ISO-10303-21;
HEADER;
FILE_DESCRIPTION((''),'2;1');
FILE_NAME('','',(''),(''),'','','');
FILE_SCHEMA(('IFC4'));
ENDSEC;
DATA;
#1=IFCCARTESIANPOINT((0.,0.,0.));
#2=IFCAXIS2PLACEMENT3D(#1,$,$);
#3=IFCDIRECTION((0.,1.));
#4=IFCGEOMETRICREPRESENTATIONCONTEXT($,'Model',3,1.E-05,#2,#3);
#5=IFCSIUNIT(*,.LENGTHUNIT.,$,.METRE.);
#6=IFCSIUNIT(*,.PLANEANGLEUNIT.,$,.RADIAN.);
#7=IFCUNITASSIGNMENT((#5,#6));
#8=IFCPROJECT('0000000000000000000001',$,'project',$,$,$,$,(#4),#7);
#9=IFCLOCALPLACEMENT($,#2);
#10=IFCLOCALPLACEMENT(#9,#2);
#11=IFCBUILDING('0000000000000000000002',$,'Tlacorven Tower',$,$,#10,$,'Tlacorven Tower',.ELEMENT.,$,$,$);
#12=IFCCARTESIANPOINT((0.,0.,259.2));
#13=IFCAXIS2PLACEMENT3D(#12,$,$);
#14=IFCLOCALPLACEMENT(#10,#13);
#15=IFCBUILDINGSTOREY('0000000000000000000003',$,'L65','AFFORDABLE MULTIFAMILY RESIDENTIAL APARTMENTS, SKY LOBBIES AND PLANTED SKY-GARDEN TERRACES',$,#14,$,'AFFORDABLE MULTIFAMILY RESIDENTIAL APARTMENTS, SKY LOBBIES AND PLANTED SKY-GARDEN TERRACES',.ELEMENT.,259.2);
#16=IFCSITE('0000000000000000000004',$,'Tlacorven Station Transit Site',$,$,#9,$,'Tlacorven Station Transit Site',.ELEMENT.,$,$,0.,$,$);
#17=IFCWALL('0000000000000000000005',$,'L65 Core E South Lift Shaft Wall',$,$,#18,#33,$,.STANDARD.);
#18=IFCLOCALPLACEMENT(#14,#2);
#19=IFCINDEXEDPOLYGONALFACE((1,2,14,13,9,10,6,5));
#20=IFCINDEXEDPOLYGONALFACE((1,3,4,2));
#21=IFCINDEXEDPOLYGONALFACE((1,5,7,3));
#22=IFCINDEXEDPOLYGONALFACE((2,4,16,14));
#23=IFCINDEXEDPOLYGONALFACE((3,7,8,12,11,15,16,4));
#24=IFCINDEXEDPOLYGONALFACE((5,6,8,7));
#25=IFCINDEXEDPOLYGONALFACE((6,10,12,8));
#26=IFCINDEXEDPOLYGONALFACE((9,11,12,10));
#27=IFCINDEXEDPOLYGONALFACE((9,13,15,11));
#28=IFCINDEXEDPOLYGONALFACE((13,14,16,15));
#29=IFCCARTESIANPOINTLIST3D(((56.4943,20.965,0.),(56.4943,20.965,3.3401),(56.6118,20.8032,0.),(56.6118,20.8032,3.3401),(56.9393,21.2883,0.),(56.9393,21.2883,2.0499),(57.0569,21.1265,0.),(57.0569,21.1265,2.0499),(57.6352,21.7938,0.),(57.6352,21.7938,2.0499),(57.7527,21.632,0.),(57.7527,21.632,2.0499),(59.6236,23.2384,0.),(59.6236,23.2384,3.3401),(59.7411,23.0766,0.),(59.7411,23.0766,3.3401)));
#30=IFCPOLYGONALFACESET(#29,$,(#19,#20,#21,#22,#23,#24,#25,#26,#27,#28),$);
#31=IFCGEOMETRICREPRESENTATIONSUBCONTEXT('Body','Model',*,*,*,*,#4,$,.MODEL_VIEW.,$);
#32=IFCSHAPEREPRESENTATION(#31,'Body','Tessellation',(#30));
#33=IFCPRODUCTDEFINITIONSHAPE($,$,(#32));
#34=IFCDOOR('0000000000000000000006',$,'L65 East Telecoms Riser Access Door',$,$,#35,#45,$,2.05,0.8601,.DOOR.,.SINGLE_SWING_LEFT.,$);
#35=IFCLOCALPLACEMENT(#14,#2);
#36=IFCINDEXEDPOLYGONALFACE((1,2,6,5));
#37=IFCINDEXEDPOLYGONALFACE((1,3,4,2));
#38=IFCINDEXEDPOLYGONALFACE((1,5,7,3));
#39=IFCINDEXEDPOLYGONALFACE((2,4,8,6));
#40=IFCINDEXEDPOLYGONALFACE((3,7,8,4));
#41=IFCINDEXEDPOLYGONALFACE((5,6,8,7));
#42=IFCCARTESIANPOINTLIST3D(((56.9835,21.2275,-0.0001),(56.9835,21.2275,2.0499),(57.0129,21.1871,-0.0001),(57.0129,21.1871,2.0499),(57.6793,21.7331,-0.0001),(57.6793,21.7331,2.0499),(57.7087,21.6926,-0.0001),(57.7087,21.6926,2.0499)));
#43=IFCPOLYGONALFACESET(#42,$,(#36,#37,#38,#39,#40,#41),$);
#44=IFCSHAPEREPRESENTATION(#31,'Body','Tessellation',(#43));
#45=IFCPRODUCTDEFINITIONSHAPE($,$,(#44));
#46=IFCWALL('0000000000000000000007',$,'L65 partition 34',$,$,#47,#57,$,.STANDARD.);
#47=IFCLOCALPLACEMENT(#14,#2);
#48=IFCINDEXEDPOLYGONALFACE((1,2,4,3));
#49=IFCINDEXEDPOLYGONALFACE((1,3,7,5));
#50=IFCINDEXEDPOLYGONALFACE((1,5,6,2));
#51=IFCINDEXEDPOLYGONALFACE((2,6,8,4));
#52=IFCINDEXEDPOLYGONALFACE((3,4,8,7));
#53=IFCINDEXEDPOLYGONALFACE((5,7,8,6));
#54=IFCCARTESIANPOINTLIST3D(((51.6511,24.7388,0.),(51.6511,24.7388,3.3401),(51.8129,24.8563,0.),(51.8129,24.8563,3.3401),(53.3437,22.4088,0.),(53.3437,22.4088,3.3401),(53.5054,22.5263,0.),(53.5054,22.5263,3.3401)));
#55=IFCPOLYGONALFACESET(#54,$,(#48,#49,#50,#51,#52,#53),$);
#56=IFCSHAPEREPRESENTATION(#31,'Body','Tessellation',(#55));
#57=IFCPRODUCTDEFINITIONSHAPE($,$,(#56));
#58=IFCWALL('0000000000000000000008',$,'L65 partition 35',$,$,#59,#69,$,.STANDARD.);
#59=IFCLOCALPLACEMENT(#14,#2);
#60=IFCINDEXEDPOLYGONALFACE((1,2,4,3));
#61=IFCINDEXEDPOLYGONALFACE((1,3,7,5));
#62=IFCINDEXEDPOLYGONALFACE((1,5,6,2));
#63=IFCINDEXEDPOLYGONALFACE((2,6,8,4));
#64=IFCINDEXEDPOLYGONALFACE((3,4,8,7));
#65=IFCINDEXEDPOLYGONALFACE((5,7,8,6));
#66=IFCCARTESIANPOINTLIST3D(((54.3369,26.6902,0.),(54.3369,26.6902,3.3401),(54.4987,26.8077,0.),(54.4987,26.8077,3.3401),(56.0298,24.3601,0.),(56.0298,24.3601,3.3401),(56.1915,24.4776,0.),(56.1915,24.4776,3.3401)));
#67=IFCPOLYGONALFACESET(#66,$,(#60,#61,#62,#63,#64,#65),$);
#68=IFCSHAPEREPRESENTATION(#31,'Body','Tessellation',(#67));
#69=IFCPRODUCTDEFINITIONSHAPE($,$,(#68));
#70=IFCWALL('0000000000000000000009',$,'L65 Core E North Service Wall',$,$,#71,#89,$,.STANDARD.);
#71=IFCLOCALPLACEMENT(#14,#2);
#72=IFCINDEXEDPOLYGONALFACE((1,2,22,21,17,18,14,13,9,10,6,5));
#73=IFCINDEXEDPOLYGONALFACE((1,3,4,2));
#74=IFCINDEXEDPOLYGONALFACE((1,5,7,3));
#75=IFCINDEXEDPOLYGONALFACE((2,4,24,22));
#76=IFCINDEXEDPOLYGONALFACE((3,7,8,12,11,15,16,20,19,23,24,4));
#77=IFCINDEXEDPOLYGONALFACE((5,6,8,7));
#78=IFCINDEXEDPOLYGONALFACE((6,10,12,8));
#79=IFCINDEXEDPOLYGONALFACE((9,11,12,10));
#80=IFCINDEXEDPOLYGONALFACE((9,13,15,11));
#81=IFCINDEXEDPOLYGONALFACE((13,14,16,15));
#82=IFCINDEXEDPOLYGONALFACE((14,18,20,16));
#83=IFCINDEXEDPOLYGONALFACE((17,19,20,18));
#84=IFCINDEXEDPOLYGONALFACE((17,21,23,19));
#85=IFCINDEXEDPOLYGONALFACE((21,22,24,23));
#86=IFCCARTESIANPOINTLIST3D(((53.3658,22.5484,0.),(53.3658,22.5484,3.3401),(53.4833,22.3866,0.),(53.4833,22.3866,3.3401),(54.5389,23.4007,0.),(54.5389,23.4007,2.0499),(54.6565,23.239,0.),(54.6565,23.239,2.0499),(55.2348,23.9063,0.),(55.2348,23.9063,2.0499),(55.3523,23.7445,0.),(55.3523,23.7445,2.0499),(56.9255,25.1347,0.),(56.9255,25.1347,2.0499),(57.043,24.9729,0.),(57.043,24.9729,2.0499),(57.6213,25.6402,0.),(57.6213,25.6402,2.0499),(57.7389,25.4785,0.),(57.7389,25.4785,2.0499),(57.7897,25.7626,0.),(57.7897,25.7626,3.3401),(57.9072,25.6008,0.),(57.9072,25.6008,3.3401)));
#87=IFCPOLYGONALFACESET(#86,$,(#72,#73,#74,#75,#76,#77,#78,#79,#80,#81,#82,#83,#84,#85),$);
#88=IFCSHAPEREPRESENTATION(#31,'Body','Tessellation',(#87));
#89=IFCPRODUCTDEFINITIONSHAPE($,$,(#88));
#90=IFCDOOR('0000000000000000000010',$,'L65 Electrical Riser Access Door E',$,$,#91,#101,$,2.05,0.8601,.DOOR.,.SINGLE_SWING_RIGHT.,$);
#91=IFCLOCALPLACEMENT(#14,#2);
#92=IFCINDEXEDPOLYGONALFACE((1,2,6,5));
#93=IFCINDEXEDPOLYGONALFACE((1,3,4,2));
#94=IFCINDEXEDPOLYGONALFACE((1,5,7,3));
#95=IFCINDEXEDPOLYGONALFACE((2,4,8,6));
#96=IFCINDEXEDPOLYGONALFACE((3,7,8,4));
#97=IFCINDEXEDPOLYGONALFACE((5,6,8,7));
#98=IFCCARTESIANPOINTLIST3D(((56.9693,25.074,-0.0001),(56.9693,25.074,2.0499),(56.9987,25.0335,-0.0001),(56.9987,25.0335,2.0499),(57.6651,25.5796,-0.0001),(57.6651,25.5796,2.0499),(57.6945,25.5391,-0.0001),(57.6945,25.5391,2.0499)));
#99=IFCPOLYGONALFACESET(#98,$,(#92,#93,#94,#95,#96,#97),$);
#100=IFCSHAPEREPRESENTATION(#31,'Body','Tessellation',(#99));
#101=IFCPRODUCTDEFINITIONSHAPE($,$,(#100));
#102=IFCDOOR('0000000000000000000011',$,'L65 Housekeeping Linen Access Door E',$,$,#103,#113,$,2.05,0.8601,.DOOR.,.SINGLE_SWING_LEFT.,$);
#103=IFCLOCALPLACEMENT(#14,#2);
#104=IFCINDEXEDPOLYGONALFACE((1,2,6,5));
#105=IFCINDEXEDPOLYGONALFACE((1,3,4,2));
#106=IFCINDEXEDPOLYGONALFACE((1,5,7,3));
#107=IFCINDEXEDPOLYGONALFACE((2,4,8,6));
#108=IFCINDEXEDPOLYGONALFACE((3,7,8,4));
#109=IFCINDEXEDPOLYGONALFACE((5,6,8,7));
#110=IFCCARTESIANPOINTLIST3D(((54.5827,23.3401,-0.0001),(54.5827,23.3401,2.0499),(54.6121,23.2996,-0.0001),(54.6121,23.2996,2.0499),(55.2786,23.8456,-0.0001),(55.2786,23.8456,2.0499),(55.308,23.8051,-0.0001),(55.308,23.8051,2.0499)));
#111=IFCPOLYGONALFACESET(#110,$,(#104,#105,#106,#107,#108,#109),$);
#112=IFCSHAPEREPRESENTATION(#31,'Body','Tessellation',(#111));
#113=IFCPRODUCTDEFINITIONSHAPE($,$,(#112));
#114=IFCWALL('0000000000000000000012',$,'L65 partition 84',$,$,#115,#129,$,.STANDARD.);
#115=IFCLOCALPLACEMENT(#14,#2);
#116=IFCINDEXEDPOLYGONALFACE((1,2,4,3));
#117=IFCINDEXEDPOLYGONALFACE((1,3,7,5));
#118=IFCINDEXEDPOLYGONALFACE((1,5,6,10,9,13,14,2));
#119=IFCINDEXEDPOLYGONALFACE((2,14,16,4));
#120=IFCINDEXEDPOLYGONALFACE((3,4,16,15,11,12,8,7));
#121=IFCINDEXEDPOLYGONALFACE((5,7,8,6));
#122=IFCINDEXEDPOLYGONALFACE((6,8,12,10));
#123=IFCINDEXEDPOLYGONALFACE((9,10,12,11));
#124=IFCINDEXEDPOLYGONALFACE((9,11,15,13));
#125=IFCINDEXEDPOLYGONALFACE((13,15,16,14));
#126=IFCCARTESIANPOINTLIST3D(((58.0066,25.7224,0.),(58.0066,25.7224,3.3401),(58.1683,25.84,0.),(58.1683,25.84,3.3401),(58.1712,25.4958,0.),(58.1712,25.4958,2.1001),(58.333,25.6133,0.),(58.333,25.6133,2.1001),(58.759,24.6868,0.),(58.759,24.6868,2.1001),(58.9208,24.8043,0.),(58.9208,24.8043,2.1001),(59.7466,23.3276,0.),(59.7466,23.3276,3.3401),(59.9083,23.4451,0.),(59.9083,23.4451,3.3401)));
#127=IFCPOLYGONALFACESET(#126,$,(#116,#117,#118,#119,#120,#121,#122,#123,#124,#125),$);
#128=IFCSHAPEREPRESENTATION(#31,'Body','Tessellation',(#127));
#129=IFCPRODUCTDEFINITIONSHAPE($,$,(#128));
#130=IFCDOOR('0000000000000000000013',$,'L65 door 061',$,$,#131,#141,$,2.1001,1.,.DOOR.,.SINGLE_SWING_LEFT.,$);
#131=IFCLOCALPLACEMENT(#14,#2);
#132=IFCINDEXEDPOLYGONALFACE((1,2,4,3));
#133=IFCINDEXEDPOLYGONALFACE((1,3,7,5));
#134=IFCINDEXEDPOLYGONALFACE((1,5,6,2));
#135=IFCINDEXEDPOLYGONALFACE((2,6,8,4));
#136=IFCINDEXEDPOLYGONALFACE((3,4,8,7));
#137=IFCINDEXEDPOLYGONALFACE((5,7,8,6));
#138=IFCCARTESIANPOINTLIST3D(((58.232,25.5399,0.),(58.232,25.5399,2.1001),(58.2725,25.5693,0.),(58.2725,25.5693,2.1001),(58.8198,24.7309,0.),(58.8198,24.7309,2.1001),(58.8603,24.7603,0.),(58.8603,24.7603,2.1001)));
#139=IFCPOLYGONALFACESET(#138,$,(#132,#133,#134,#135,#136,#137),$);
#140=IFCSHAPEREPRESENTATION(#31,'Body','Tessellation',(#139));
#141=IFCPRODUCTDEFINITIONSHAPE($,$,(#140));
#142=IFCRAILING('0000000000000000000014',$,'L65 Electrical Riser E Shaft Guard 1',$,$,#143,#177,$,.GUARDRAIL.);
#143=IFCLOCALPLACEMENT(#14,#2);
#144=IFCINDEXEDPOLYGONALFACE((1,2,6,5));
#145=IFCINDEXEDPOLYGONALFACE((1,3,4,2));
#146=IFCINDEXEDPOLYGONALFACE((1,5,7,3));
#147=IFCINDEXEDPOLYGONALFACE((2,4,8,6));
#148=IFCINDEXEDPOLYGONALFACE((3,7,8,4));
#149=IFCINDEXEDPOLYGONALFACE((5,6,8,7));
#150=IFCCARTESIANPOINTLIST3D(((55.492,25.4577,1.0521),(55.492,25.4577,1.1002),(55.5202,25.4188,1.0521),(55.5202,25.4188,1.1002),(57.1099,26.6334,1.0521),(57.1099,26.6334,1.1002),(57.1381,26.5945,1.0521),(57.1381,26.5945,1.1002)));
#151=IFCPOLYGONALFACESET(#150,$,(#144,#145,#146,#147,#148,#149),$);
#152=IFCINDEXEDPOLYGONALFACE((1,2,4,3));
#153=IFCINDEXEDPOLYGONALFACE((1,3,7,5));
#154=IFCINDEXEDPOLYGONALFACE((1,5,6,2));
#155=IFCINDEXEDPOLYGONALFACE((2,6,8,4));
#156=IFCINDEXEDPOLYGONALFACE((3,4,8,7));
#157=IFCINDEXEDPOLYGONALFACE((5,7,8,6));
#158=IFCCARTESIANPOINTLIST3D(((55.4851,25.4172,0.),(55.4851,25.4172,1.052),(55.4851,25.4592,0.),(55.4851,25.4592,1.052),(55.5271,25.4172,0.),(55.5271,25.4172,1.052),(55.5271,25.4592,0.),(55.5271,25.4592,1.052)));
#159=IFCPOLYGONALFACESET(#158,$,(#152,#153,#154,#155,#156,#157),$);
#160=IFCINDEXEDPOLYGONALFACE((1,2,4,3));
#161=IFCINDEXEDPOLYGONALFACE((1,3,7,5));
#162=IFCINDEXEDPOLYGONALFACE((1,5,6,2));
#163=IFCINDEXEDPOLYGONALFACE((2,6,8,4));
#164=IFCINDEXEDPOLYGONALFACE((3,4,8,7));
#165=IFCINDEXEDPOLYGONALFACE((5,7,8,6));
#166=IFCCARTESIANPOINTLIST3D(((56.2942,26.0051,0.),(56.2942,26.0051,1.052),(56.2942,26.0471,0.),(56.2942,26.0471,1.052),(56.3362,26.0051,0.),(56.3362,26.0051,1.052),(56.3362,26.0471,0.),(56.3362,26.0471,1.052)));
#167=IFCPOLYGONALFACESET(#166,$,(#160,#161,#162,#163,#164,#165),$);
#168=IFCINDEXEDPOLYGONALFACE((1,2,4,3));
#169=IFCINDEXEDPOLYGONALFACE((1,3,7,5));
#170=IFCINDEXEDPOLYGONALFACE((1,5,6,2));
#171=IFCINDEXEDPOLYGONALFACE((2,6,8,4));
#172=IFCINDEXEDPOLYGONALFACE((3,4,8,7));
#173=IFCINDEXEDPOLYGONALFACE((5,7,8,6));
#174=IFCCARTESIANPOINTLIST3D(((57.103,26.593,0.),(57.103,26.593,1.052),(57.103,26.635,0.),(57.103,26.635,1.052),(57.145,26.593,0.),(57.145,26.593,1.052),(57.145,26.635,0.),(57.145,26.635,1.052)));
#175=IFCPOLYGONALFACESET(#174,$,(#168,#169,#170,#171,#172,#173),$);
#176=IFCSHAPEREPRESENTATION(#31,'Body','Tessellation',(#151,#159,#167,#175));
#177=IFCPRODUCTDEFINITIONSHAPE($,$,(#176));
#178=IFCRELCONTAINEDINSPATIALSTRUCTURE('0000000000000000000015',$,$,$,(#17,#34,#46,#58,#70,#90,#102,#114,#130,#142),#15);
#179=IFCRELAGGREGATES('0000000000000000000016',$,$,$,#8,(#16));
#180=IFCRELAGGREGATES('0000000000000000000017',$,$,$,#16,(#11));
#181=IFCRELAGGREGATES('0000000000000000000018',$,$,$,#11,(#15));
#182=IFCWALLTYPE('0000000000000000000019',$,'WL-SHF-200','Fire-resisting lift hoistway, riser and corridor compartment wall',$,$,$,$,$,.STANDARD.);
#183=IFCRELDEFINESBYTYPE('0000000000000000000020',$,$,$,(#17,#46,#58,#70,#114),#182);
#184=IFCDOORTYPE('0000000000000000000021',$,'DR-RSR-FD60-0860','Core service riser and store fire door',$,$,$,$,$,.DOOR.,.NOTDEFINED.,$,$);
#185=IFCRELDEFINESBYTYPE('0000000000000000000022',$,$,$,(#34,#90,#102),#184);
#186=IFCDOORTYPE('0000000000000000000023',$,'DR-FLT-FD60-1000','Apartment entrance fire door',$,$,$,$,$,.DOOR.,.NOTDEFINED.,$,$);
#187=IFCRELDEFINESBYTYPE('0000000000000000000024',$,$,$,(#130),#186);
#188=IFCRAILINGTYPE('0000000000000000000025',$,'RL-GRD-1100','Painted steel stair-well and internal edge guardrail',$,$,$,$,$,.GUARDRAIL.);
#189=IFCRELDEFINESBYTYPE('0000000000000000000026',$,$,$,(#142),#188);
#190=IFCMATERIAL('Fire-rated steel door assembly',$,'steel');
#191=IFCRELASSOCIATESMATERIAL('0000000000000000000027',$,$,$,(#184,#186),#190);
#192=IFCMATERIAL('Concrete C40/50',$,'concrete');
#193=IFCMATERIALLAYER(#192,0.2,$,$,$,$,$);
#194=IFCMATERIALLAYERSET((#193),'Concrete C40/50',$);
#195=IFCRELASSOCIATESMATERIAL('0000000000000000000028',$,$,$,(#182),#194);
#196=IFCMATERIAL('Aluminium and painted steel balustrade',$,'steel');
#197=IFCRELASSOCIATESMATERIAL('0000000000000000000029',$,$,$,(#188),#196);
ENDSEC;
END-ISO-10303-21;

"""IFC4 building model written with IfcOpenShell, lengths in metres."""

from ifc_helpers import new_model, si_unit, direction, frame, frame_2d, origin, origin_2d, place, context, subcontext, project, spatial, rectangle, extrude, source, transform, mapped, material, layer, layer_set, type_object, element, fill, save


model = new_model("IFC4")

# Units and contexts
model_context = context("Model", 3, precision=1e-05, world=origin(), true_north=direction((0.0, 1.0)))
body_context = subcontext(model_context, "Body", "Model", "MODEL_VIEW")
ifc_project = project(units=[si_unit("LENGTHUNIT", "METRE"), si_unit("PLANEANGLEUNIT", "RADIAN")], contexts=[model_context])

# Site, building, storey
site_placement = place(None, origin())
site = spatial("IfcSite", under=ifc_project, at=site_placement, Name="Tlacorven Station Transit Site", LongName="Tlacorven Station Transit Site", CompositionType="ELEMENT", RefElevation=0.0)
building_placement = place(site_placement, origin())
building = spatial("IfcBuilding", under=site, at=building_placement, Name="Tlacorven Tower", LongName="Tlacorven Tower", CompositionType="ELEMENT")
storey_placement = place(building_placement, frame((0.0, 0.0, 259.2)))
storey = spatial("IfcBuildingStorey", under=building, at=storey_placement, Name="L65", Description="AFFORDABLE MULTIFAMILY RESIDENTIAL APARTMENTS, SKY LOBBIES AND PLANTED SKY-GARDEN TERRACES", LongName="AFFORDABLE MULTIFAMILY RESIDENTIAL APARTMENTS, SKY LOBBIES AND PLANTED SKY-GARDEN TERRACES", CompositionType="ELEMENT", Elevation=259.2)

# Shared definitions
ifc_material_1 = material(Name="Fire-rated steel door assembly", Category="steel")
door_type_1 = type_object("IfcDoorType", Name="DR-RSR-FD60-0860", Description="Core service riser and store fire door", OperationType="NOTDEFINED", PredefinedType="DOOR", material=ifc_material_1)
shared_shape_1 = source(origin(), body_context, "Body", "SweptSolid", [
    extrude(rectangle(XDim=0.8601, YDim=2.05, at=frame_2d((0.4302, 1.0249))), frame((0.0, 0.0249, 0.0), z_axis=(0.0, -1.0, 0.0), x_axis=(1.0, 0.0, 0.0)), (0.0, 0.0, 1.0), 0.05),
])

# Wall, opening, door
door_type_2 = type_object("IfcDoorType", Name="DR-FLT-FD60-1000", Description="Apartment entrance fire door", OperationType="NOTDEFINED", PredefinedType="DOOR", material=ifc_material_1)
shared_shape_2 = source(origin(), body_context, "Body", "SweptSolid", [
    extrude(rectangle(XDim=1.0, YDim=2.1001, at=frame_2d((0.5, 1.05))), frame((0.0, 0.0249, 0.0), z_axis=(0.0, -1.0, 0.0), x_axis=(1.0, 0.0, 0.0)), (0.0, 0.0, 1.0), 0.05),
])
ifc_material_2 = material(Name="Concrete C40/50", Category="concrete")
ifc_layer_1 = layer(ifc_material_2, 0.2)
ifc_layer_set_1 = layer_set([ifc_layer_1], Name="Concrete C40/50")
wall_type_1 = type_object("IfcWallType", Name="WL-SHF-200", Description="Fire-resisting lift hoistway, riser and corridor compartment wall", PredefinedType="STANDARD", material=ifc_layer_set_1)
wall_1_placement = place(storey_placement, frame((56.553, 20.884, 0.0), z_axis=(0.0, 0.0, 1.0), x_axis=(0.809042, 0.587751, 0.0)))
wall_1 = element("IfcWall", 1, at=wall_1_placement, inside=storey, type_object=wall_type_1, Name="L65 Core E South Lift Shaft Wall", PredefinedType="STANDARD", context=body_context, shape_type="SweptSolid", body=[
    extrude(rectangle(XDim=3.8679, YDim=0.2, at=frame_2d((1.9341, 0.0))), origin(), (0.0, 0.0, 1.0), 3.3401),
])
opening_1_placement = place(wall_1_placement, frame((0.55, 0.0, 0.0)))
opening_1 = element("IfcOpeningElement", 2, at=opening_1_placement, cuts=wall_1, PredefinedType="OPENING", context=body_context, shape_type="SweptSolid", body=[
    extrude(rectangle(XDim=0.8601, YDim=2.05, at=frame_2d((0.4302, 1.0249))), frame((0.0, 0.1099, 0.0), z_axis=(0.0, -1.0, 0.0), x_axis=(1.0, 0.0, 0.0)), (0.0, 0.0, 1.0), 0.22),
])
door_1_placement = place(opening_1_placement, origin())
door_1 = element("IfcDoor", 3, at=door_1_placement, inside=storey, type_object=door_type_1, Name="L65 East Telecoms Riser Access Door", OperationType="SINGLE_SWING_LEFT", OverallHeight=2.05, OverallWidth=0.8601, PredefinedType="DOOR", context=body_context, shape_type="MappedRepresentation", body=[
    mapped(shared_shape_1, transform((0.0, 0.0, 0.0), scale=1.0)),
])
fill(opening_1, door_1)

# Walls
wall_2_placement = place(storey_placement, frame((53.4246, 22.4675, 0.0), z_axis=(0.0, 0.0, 1.0), x_axis=(-0.587723, 0.809062, 0.0)))
element("IfcWall", 4, at=wall_2_placement, inside=storey, type_object=wall_type_1, Name="L65 partition 34", PredefinedType="STANDARD", context=body_context, shape_type="SweptSolid", body=[
    extrude(rectangle(XDim=2.8799, YDim=0.2, at=frame_2d((1.4399, 0.0))), origin(), (0.0, 0.0, 1.0), 3.3401),
])
wall_3_placement = place(storey_placement, frame((56.1106, 24.4189, 0.0), z_axis=(0.0, 0.0, 1.0), x_axis=(-0.587778, 0.809022, 0.0)))
element("IfcWall", 5, at=wall_3_placement, inside=storey, type_object=wall_type_1, Name="L65 partition 35", PredefinedType="STANDARD", context=body_context, shape_type="SweptSolid", body=[
    extrude(rectangle(XDim=2.8801, YDim=0.2, at=frame_2d((1.4399, 0.0))), origin(), (0.0, 0.0, 1.0), 3.3401),
])

# Wall, openings, doors
wall_4_placement = place(storey_placement, frame((53.4246, 22.4675, 0.0), z_axis=(0.0, 0.0, 1.0), x_axis=(0.809016, 0.587787, 0.0)))
wall_4 = element("IfcWall", 6, at=wall_4_placement, inside=storey, type_object=wall_type_1, Name="L65 Core E North Service Wall", PredefinedType="STANDARD", context=body_context, shape_type="SweptSolid", body=[
    extrude(rectangle(XDim=5.4683, YDim=0.2, at=frame_2d((2.7341, 0.0))), origin(), (0.0, 0.0, 1.0), 3.3401),
])
opening_2_placement = place(wall_4_placement, frame((4.3999, 0.0, 0.0)))
opening_2 = element("IfcOpeningElement", 7, at=opening_2_placement, cuts=wall_4, PredefinedType="OPENING", context=body_context, shape_type="SweptSolid", body=[
    extrude(rectangle(XDim=0.8601, YDim=2.05, at=frame_2d((0.4302, 1.0249))), frame((0.0, 0.1099, 0.0), z_axis=(0.0, -1.0, 0.0), x_axis=(1.0, 0.0, 0.0)), (0.0, 0.0, 1.0), 0.22),
])
opening_3_placement = place(wall_4_placement, frame((1.45, 0.0, 0.0)))
opening_3 = element("IfcOpeningElement", 8, at=opening_3_placement, cuts=wall_4, PredefinedType="OPENING", context=body_context, shape_type="SweptSolid", body=[
    extrude(rectangle(XDim=0.8601, YDim=2.05, at=frame_2d((0.4302, 1.0249))), frame((0.0, 0.1099, 0.0), z_axis=(0.0, -1.0, 0.0), x_axis=(1.0, 0.0, 0.0)), (0.0, 0.0, 1.0), 0.22),
])
door_2_placement = place(opening_2_placement, frame((0.8601, 0.0, 0.0), z_axis=(0.0, 0.0, 1.0), x_axis=(-1.0, 0.0, 0.0)))
door_2 = element("IfcDoor", 9, at=door_2_placement, inside=storey, type_object=door_type_1, Name="L65 Electrical Riser Access Door E", OperationType="SINGLE_SWING_RIGHT", OverallHeight=2.05, OverallWidth=0.8601, PredefinedType="DOOR", context=body_context, shape_type="MappedRepresentation", body=[
    mapped(shared_shape_1, transform((0.0, 0.0, 0.0), scale=1.0)),
])
fill(opening_2, door_2)
door_3_placement = place(opening_3_placement, frame((0.8601, 0.0, 0.0), z_axis=(0.0, 0.0, 1.0), x_axis=(-1.0, 0.0, 0.0)))
door_3 = element("IfcDoor", 10, at=door_3_placement, inside=storey, type_object=door_type_1, Name="L65 Housekeeping Linen Access Door E", OperationType="SINGLE_SWING_LEFT", OverallHeight=2.05, OverallWidth=0.8601, PredefinedType="DOOR", context=body_context, shape_type="MappedRepresentation", body=[
    mapped(shared_shape_1, transform((0.0, 0.0, 0.0), scale=1.0)),
])
fill(opening_3, door_3)

# Wall, opening, door
wall_5_placement = place(storey_placement, frame((59.8274, 23.3865, 0.0), z_axis=(0.0, 0.0, 1.0), x_axis=(-0.587804, 0.809003, 0.0)))
wall_5 = element("IfcWall", 11, at=wall_5_placement, inside=storey, type_object=wall_type_1, Name="L65 partition 84", PredefinedType="STANDARD", context=body_context, shape_type="SweptSolid", body=[
    extrude(rectangle(XDim=2.9602, YDim=0.2, at=frame_2d((1.48, 0.0))), origin(), (0.0, 0.0, 1.0), 3.3401),
])
opening_4_placement = place(wall_5_placement, frame((1.6799, 0.0, 0.0)))
opening_4 = element("IfcOpeningElement", 12, at=opening_4_placement, cuts=wall_5, PredefinedType="OPENING", context=body_context, shape_type="SweptSolid", body=[
    extrude(rectangle(XDim=1.0, YDim=2.1001, at=frame_2d((0.5, 1.05))), frame((0.0, 0.1099, 0.0), z_axis=(0.0, -1.0, 0.0), x_axis=(1.0, 0.0, 0.0)), (0.0, 0.0, 1.0), 0.22),
])
door_4_placement = place(opening_4_placement, origin())
door_4 = element("IfcDoor", 13, at=door_4_placement, inside=storey, type_object=door_type_2, Name="L65 door 061", OperationType="SINGLE_SWING_LEFT", OverallHeight=2.1001, OverallWidth=1.0, PredefinedType="DOOR", context=body_context, shape_type="MappedRepresentation", body=[
    mapped(shared_shape_2, transform((0.0, 0.0, 0.0), scale=1.0)),
])
fill(opening_4, door_4)

# Railing
ifc_material_3 = material(Name="Aluminium and painted steel balustrade", Category="steel")
railing_type = type_object("IfcRailingType", Name="RL-GRD-1100", Description="Painted steel stair-well and internal edge guardrail", PredefinedType="GUARDRAIL", material=ifc_material_3)
shared_shape_3 = source(origin(), body_context, "Body", "SweptSolid", [
    extrude(rectangle(XDim=0.0481, YDim=0.0481, at=origin_2d()), frame((0.0, 0.0, 1.0762), z_axis=(0.808947, 0.587881, 0.0), x_axis=(-0.587881, 0.808947, 0.0)), (0.0, 0.0, 1.0), 2.0),
    extrude(rectangle(XDim=0.042, YDim=0.042, at=origin_2d()), origin(), (0.0, 0.0, 1.0), 1.052),
    extrude(rectangle(XDim=0.042, YDim=0.042, at=origin_2d()), frame((0.8091, 0.5879, 0.0)), (0.0, 0.0, 1.0), 1.052),
    extrude(rectangle(XDim=0.042, YDim=0.042, at=origin_2d()), frame((1.6179, 1.1758, 0.0)), (0.0, 0.0, 1.0), 1.052),
])
railing_placement = place(storey_placement, frame((55.5061, 25.4382, 0.0)))
element("IfcRailing", 14, at=railing_placement, inside=storey, type_object=railing_type, Name="L65 Electrical Riser E Shaft Guard 1", PredefinedType="GUARDRAIL", context=body_context, shape_type="MappedRepresentation", body=[
    mapped(shared_shape_3, transform((0.0, 0.0, 0.0), scale=1.0)),
])

save(model, "model.ifc")
